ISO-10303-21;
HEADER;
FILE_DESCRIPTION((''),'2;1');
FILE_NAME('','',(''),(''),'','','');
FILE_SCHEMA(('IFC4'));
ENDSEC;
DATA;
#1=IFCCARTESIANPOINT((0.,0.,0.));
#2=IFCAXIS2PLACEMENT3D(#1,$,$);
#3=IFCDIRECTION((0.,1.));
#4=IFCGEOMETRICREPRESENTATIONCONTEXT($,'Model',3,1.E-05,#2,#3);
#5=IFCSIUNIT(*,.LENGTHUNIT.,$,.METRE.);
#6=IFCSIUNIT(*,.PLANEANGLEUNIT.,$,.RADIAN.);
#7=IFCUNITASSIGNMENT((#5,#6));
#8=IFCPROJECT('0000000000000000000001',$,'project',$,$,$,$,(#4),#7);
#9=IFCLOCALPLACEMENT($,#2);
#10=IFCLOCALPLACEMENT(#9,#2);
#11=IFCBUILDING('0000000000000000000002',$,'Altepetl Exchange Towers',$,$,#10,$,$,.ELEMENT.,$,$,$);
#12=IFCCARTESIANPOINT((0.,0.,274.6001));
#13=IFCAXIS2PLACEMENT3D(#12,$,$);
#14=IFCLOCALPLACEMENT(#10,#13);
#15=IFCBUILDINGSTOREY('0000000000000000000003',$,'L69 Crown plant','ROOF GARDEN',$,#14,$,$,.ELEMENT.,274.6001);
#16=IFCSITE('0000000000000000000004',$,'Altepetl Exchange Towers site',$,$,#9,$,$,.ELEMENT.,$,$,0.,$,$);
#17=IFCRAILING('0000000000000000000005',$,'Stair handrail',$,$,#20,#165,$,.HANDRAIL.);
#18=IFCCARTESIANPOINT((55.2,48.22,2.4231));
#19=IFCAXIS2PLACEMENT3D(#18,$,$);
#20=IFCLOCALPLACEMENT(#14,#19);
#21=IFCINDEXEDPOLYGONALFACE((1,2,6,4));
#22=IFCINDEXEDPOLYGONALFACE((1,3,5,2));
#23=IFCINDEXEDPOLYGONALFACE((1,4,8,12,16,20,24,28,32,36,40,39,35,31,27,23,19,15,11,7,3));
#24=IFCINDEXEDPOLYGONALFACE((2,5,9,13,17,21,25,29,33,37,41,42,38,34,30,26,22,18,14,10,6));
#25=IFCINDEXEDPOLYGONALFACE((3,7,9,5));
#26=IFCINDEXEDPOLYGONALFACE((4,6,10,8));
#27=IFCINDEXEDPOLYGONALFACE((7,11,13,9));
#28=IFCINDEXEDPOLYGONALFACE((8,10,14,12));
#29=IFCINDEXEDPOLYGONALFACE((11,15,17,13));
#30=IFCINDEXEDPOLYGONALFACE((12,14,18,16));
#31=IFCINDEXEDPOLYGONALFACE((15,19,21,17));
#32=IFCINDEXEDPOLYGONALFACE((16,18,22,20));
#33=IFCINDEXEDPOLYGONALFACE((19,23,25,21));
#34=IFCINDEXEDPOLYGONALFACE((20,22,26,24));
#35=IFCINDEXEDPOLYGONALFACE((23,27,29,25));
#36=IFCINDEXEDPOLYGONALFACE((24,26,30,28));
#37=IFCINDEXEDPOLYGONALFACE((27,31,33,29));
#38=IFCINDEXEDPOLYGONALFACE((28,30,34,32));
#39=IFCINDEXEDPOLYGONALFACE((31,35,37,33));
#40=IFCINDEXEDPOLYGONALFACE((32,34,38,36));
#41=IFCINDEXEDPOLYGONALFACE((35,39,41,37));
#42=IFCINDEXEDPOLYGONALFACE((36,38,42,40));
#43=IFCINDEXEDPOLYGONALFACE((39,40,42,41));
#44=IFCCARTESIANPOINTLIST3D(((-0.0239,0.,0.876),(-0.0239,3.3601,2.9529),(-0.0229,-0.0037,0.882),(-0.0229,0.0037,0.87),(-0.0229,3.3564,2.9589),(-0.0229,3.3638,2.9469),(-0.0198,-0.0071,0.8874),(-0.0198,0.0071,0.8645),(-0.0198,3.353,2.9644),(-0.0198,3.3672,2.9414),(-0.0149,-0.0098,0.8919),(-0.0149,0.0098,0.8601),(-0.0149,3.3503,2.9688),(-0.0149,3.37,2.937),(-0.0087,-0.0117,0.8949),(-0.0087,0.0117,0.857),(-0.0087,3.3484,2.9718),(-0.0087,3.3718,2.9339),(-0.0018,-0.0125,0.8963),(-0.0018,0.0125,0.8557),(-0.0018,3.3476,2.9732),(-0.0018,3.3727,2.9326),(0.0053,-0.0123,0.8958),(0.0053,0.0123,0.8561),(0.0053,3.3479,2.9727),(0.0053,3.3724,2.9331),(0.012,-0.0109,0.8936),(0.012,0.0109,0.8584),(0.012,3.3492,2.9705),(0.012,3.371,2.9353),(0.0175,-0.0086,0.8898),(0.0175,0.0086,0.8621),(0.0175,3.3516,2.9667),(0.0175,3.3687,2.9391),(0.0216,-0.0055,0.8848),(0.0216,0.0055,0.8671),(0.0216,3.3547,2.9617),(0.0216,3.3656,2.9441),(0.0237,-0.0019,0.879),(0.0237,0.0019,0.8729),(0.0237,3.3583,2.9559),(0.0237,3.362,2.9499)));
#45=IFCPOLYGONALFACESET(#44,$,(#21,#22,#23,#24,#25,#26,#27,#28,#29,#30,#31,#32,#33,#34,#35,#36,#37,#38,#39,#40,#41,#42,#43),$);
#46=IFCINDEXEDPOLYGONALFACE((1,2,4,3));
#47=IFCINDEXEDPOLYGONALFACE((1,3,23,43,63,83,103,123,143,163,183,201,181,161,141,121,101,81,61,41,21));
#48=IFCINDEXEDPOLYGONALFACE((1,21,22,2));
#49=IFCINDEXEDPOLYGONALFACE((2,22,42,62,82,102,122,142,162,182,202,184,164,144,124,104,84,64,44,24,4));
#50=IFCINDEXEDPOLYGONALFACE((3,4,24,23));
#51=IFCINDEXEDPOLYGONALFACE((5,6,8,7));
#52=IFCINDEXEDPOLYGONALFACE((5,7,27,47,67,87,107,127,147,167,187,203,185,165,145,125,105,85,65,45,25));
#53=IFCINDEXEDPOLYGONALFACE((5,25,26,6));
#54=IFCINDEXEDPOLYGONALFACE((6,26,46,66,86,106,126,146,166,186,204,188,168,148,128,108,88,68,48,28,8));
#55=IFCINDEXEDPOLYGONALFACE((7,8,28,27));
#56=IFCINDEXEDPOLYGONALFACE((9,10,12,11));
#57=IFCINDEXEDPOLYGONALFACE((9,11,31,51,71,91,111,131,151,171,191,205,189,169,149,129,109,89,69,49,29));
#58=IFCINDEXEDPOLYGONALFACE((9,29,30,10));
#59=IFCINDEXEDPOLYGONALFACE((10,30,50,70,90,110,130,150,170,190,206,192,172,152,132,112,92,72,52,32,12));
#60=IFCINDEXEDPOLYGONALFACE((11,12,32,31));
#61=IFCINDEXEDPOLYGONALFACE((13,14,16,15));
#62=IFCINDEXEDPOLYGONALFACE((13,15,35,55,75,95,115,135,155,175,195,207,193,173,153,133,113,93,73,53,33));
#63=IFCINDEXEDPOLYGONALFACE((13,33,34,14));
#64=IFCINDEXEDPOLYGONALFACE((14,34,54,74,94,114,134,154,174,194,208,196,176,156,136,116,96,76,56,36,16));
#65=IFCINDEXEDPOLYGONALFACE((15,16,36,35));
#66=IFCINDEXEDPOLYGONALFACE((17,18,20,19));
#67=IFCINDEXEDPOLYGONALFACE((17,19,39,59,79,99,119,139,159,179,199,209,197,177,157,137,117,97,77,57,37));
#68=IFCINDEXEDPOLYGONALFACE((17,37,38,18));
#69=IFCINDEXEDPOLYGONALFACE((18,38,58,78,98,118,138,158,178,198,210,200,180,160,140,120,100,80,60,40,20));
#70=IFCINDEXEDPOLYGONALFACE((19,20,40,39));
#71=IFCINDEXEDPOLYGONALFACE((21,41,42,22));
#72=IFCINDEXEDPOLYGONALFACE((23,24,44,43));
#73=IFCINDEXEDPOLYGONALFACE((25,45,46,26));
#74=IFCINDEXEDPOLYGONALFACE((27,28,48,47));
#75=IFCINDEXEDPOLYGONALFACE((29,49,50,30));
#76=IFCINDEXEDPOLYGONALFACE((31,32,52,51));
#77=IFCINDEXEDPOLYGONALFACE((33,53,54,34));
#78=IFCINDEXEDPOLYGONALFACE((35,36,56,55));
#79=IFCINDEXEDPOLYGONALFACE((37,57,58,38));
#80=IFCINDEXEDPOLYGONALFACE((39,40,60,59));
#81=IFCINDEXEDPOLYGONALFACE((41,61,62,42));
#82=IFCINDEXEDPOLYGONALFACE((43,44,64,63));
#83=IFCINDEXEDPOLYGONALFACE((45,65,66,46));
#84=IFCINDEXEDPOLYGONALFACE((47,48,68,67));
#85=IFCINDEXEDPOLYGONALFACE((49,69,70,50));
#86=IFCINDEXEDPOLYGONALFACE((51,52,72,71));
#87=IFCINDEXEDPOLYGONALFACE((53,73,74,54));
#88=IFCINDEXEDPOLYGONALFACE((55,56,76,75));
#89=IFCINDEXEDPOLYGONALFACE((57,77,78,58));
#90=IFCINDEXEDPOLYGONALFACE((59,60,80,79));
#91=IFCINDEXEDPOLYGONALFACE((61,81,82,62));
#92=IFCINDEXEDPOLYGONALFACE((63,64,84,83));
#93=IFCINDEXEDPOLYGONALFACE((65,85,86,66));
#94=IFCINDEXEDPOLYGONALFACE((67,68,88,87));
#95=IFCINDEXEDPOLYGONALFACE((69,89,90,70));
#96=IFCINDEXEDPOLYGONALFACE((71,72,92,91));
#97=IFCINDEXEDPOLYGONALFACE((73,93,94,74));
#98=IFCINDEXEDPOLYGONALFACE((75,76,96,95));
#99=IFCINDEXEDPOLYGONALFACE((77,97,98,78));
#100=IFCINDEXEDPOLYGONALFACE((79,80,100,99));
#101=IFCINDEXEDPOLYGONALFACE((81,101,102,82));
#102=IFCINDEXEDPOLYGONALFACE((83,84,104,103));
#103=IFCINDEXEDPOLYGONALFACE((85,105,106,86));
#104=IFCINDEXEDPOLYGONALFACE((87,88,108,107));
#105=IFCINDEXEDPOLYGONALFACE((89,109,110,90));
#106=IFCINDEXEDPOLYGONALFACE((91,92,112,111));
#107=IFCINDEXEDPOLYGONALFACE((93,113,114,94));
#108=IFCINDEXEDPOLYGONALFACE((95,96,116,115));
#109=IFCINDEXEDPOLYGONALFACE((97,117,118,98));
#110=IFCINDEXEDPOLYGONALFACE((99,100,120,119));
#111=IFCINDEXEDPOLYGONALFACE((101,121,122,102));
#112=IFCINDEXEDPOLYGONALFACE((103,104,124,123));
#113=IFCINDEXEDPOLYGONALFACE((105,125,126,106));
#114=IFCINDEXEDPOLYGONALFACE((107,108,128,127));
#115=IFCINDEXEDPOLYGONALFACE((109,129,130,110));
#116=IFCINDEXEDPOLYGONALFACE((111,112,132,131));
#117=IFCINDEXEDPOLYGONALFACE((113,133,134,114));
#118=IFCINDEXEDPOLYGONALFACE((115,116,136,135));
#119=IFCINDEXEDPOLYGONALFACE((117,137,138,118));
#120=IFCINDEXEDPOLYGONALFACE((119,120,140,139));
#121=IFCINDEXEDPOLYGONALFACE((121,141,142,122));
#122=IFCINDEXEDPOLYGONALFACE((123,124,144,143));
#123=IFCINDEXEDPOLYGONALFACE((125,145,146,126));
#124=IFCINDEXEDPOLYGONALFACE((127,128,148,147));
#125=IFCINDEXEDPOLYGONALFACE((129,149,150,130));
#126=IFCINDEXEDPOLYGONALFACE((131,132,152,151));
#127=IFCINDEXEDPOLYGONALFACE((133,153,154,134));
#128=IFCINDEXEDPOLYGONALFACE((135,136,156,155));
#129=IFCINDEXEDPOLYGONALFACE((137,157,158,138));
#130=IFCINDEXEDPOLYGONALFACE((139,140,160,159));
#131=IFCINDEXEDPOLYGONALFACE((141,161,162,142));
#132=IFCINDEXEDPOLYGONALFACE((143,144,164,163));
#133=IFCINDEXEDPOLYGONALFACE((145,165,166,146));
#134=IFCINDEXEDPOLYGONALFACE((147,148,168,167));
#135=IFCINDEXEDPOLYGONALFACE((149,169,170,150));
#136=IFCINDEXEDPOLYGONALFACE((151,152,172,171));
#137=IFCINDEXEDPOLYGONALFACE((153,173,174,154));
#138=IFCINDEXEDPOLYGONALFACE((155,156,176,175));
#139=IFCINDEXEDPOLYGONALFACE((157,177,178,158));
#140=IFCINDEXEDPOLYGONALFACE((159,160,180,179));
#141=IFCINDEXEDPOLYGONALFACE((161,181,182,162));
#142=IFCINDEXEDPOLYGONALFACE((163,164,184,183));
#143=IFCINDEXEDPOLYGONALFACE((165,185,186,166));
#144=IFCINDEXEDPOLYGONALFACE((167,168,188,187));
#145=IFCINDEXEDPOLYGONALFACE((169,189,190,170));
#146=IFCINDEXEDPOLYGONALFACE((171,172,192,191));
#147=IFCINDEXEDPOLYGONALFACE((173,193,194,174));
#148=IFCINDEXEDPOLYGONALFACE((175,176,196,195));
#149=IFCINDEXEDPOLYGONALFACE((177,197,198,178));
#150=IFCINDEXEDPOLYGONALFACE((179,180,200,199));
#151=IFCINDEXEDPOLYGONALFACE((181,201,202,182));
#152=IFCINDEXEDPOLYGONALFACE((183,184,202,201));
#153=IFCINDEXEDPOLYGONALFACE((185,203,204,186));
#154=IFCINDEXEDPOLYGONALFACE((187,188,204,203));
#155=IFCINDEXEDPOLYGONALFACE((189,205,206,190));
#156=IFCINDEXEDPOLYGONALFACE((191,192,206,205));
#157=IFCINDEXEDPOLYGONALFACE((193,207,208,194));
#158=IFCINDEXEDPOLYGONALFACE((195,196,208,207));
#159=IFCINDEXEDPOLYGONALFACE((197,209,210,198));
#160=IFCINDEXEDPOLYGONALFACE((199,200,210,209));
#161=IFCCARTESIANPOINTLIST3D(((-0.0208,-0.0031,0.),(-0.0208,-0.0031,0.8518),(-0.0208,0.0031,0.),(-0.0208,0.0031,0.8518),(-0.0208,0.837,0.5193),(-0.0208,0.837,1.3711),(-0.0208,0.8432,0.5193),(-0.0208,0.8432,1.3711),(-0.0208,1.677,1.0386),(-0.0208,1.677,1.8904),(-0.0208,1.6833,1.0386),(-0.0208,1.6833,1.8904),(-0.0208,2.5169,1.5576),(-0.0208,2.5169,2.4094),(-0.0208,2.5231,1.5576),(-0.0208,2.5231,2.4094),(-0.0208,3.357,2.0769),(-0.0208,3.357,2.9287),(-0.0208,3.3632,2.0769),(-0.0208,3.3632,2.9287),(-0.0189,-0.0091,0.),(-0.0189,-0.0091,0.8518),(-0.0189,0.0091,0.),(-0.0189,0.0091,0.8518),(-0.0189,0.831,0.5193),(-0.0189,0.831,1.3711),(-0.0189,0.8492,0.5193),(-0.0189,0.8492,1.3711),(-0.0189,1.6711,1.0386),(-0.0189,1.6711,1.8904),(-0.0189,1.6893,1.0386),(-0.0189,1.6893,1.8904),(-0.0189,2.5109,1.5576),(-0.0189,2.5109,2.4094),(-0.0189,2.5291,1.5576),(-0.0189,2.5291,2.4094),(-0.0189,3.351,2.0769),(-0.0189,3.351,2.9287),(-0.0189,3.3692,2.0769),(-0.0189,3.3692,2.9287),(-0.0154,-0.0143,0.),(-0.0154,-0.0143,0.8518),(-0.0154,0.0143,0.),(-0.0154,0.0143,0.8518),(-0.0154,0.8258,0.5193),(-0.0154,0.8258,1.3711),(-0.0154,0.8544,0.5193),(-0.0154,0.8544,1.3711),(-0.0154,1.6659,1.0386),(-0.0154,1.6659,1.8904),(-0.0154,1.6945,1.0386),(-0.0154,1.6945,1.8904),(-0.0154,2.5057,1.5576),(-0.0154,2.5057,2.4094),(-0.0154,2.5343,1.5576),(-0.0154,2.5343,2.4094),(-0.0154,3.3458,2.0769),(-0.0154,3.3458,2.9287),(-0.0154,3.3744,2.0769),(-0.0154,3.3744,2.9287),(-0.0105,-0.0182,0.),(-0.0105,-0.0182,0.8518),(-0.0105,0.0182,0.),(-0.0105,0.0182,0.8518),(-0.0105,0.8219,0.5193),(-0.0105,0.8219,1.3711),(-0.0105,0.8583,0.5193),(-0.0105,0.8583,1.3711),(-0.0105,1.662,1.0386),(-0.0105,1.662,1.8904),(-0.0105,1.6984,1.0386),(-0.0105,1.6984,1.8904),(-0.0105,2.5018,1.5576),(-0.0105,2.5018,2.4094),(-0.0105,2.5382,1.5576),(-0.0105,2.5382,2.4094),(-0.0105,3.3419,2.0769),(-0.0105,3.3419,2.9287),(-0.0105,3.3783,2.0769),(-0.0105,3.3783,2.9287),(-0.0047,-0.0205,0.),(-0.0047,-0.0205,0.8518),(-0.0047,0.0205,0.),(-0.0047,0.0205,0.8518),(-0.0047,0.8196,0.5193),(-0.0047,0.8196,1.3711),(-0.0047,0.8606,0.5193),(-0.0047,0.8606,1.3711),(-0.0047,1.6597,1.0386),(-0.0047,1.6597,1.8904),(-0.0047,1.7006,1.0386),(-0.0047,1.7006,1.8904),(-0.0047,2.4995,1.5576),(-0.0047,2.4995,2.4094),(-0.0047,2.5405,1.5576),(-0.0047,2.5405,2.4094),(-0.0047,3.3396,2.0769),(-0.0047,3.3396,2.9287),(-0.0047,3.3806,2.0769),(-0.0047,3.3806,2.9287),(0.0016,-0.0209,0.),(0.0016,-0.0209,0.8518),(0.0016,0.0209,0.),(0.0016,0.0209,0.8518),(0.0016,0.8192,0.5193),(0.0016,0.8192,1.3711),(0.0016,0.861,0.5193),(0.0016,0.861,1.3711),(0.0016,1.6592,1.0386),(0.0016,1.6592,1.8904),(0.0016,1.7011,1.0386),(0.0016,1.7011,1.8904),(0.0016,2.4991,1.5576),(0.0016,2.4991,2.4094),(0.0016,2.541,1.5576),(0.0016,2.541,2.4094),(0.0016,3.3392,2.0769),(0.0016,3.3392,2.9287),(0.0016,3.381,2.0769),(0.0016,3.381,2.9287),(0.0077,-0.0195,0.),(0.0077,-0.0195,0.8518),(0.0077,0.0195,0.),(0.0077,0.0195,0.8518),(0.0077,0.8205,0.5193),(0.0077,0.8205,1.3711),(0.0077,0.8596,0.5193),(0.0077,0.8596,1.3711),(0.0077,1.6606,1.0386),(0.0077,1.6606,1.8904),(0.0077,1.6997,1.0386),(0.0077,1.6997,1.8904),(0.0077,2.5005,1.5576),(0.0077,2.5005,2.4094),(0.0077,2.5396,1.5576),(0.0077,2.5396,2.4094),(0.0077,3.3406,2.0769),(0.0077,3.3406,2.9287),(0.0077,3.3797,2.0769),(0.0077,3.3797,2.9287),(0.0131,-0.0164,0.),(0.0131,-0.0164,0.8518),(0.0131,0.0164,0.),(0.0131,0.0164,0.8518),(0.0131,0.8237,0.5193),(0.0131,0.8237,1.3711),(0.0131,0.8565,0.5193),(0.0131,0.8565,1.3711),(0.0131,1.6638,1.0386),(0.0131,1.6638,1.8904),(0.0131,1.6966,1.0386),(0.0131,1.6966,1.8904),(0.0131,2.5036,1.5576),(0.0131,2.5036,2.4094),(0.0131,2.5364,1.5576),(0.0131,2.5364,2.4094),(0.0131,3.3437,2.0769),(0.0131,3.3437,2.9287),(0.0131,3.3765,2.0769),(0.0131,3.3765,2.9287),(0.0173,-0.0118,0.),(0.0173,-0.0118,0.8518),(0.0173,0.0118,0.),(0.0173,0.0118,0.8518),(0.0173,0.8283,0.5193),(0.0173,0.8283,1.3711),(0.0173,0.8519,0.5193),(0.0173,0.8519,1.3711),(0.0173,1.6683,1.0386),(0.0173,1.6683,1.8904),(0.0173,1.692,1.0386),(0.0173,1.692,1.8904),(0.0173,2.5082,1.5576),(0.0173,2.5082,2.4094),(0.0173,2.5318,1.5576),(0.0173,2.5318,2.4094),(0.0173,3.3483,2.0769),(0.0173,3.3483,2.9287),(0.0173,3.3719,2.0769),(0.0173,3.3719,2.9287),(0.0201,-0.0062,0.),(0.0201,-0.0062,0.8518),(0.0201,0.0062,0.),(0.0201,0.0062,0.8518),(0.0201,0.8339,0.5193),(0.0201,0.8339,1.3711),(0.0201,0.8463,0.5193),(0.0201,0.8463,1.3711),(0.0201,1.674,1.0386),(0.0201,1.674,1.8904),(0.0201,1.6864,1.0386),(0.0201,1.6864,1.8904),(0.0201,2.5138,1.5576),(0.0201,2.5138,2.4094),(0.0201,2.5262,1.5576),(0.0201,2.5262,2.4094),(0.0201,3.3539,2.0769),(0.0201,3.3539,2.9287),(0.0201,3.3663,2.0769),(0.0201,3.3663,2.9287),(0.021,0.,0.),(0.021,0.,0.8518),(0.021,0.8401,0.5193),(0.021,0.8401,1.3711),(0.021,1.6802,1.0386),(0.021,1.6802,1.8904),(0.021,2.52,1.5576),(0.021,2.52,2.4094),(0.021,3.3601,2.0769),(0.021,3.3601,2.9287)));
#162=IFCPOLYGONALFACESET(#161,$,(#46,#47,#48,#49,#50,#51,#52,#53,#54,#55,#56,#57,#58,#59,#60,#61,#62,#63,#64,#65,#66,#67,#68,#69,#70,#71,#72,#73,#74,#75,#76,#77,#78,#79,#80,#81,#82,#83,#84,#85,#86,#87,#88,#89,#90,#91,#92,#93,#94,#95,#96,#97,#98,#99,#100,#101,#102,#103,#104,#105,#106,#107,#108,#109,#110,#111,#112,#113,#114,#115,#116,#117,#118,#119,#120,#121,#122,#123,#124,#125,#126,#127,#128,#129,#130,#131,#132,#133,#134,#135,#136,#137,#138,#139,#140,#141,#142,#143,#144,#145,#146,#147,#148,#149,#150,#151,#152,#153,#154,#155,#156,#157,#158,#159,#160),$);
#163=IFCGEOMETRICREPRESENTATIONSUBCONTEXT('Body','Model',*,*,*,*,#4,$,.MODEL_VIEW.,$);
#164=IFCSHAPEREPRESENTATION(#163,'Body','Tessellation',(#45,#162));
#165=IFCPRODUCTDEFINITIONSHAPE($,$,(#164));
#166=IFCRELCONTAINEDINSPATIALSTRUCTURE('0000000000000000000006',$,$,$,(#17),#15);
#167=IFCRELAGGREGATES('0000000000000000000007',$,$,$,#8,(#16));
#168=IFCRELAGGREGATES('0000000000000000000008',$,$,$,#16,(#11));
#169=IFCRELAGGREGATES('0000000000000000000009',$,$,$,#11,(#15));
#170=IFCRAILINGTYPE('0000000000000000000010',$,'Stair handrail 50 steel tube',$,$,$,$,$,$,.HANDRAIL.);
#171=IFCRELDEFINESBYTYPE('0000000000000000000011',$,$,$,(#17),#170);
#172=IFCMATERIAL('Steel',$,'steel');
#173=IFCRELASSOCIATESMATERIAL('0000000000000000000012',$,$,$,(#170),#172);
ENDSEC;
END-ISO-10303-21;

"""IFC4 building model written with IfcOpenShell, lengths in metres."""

from ifc_helpers import new_model, si_unit, direction, frame, origin, origin_2d, place, context, subcontext, project, spatial, circle, extrude, source, transform, mapped, material, type_object, element, save


model = new_model("IFC4")

# Units and contexts
model_context = context("Model", 3, precision=1e-05, world=origin(), true_north=direction((0.0, 1.0)))
body_context = subcontext(model_context, "Body", "Model", "MODEL_VIEW")
ifc_project = project(units=[si_unit("LENGTHUNIT", "METRE"), si_unit("PLANEANGLEUNIT", "RADIAN")], contexts=[model_context])

# Site, building, storey
site_placement = place(None, origin())
site = spatial("IfcSite", under=ifc_project, at=site_placement, Name="Altepetl Exchange Towers site", CompositionType="ELEMENT", RefElevation=0.0)
building_placement = place(site_placement, origin())
building = spatial("IfcBuilding", under=site, at=building_placement, Name="Altepetl Exchange Towers", CompositionType="ELEMENT")
storey_placement = place(building_placement, frame((0.0, 0.0, 274.6001)))
storey = spatial("IfcBuildingStorey", under=building, at=storey_placement, Name="L69 Crown plant", Description="ROOF GARDEN", CompositionType="ELEMENT", Elevation=274.6001)

# Railing
ifc_material_1 = material(Name="Steel", Category="steel")
railing_type = type_object("IfcRailingType", Name="Stair handrail 50 steel tube", PredefinedType="HANDRAIL", material=ifc_material_1)
shared_shape = source(origin(), body_context, "Body", "SweptSolid", [
    extrude(circle(Radius=0.021, at=origin_2d()), origin(), (0.0, 0.0, 1.0), 0.8518),
])
for number, where, name in (
    (1, (55.2, 48.22, 2.4231), "Stair handrail"),
):
    element("IfcRailing", number, at=place(storey_placement, frame(where)), inside=storey, type_object=railing_type, Name=name, PredefinedType="HANDRAIL", context=body_context, shape_type="SweptSolid", body=[
        extrude(circle(Radius=0.0239, at=origin_2d()), frame((0.0, 0.0, 0.876), z_axis=(0.0, 0.850623, 0.525776), x_axis=(-1.0, 0.0, 0.0)), (0.0, 0.0, 1.0), 3.9502),
        mapped(shared_shape, transform((0.0, 0.0, 0.0))),
        mapped(shared_shape, transform((0.0, 0.8401, 0.5193))),
        mapped(shared_shape, transform((0.0, 1.6802, 1.0386))),
        mapped(shared_shape, transform((0.0, 2.52, 1.5576))),
        mapped(shared_shape, transform((0.0, 3.3601, 2.0769))),
    ])

save(model, "model.ifc")
